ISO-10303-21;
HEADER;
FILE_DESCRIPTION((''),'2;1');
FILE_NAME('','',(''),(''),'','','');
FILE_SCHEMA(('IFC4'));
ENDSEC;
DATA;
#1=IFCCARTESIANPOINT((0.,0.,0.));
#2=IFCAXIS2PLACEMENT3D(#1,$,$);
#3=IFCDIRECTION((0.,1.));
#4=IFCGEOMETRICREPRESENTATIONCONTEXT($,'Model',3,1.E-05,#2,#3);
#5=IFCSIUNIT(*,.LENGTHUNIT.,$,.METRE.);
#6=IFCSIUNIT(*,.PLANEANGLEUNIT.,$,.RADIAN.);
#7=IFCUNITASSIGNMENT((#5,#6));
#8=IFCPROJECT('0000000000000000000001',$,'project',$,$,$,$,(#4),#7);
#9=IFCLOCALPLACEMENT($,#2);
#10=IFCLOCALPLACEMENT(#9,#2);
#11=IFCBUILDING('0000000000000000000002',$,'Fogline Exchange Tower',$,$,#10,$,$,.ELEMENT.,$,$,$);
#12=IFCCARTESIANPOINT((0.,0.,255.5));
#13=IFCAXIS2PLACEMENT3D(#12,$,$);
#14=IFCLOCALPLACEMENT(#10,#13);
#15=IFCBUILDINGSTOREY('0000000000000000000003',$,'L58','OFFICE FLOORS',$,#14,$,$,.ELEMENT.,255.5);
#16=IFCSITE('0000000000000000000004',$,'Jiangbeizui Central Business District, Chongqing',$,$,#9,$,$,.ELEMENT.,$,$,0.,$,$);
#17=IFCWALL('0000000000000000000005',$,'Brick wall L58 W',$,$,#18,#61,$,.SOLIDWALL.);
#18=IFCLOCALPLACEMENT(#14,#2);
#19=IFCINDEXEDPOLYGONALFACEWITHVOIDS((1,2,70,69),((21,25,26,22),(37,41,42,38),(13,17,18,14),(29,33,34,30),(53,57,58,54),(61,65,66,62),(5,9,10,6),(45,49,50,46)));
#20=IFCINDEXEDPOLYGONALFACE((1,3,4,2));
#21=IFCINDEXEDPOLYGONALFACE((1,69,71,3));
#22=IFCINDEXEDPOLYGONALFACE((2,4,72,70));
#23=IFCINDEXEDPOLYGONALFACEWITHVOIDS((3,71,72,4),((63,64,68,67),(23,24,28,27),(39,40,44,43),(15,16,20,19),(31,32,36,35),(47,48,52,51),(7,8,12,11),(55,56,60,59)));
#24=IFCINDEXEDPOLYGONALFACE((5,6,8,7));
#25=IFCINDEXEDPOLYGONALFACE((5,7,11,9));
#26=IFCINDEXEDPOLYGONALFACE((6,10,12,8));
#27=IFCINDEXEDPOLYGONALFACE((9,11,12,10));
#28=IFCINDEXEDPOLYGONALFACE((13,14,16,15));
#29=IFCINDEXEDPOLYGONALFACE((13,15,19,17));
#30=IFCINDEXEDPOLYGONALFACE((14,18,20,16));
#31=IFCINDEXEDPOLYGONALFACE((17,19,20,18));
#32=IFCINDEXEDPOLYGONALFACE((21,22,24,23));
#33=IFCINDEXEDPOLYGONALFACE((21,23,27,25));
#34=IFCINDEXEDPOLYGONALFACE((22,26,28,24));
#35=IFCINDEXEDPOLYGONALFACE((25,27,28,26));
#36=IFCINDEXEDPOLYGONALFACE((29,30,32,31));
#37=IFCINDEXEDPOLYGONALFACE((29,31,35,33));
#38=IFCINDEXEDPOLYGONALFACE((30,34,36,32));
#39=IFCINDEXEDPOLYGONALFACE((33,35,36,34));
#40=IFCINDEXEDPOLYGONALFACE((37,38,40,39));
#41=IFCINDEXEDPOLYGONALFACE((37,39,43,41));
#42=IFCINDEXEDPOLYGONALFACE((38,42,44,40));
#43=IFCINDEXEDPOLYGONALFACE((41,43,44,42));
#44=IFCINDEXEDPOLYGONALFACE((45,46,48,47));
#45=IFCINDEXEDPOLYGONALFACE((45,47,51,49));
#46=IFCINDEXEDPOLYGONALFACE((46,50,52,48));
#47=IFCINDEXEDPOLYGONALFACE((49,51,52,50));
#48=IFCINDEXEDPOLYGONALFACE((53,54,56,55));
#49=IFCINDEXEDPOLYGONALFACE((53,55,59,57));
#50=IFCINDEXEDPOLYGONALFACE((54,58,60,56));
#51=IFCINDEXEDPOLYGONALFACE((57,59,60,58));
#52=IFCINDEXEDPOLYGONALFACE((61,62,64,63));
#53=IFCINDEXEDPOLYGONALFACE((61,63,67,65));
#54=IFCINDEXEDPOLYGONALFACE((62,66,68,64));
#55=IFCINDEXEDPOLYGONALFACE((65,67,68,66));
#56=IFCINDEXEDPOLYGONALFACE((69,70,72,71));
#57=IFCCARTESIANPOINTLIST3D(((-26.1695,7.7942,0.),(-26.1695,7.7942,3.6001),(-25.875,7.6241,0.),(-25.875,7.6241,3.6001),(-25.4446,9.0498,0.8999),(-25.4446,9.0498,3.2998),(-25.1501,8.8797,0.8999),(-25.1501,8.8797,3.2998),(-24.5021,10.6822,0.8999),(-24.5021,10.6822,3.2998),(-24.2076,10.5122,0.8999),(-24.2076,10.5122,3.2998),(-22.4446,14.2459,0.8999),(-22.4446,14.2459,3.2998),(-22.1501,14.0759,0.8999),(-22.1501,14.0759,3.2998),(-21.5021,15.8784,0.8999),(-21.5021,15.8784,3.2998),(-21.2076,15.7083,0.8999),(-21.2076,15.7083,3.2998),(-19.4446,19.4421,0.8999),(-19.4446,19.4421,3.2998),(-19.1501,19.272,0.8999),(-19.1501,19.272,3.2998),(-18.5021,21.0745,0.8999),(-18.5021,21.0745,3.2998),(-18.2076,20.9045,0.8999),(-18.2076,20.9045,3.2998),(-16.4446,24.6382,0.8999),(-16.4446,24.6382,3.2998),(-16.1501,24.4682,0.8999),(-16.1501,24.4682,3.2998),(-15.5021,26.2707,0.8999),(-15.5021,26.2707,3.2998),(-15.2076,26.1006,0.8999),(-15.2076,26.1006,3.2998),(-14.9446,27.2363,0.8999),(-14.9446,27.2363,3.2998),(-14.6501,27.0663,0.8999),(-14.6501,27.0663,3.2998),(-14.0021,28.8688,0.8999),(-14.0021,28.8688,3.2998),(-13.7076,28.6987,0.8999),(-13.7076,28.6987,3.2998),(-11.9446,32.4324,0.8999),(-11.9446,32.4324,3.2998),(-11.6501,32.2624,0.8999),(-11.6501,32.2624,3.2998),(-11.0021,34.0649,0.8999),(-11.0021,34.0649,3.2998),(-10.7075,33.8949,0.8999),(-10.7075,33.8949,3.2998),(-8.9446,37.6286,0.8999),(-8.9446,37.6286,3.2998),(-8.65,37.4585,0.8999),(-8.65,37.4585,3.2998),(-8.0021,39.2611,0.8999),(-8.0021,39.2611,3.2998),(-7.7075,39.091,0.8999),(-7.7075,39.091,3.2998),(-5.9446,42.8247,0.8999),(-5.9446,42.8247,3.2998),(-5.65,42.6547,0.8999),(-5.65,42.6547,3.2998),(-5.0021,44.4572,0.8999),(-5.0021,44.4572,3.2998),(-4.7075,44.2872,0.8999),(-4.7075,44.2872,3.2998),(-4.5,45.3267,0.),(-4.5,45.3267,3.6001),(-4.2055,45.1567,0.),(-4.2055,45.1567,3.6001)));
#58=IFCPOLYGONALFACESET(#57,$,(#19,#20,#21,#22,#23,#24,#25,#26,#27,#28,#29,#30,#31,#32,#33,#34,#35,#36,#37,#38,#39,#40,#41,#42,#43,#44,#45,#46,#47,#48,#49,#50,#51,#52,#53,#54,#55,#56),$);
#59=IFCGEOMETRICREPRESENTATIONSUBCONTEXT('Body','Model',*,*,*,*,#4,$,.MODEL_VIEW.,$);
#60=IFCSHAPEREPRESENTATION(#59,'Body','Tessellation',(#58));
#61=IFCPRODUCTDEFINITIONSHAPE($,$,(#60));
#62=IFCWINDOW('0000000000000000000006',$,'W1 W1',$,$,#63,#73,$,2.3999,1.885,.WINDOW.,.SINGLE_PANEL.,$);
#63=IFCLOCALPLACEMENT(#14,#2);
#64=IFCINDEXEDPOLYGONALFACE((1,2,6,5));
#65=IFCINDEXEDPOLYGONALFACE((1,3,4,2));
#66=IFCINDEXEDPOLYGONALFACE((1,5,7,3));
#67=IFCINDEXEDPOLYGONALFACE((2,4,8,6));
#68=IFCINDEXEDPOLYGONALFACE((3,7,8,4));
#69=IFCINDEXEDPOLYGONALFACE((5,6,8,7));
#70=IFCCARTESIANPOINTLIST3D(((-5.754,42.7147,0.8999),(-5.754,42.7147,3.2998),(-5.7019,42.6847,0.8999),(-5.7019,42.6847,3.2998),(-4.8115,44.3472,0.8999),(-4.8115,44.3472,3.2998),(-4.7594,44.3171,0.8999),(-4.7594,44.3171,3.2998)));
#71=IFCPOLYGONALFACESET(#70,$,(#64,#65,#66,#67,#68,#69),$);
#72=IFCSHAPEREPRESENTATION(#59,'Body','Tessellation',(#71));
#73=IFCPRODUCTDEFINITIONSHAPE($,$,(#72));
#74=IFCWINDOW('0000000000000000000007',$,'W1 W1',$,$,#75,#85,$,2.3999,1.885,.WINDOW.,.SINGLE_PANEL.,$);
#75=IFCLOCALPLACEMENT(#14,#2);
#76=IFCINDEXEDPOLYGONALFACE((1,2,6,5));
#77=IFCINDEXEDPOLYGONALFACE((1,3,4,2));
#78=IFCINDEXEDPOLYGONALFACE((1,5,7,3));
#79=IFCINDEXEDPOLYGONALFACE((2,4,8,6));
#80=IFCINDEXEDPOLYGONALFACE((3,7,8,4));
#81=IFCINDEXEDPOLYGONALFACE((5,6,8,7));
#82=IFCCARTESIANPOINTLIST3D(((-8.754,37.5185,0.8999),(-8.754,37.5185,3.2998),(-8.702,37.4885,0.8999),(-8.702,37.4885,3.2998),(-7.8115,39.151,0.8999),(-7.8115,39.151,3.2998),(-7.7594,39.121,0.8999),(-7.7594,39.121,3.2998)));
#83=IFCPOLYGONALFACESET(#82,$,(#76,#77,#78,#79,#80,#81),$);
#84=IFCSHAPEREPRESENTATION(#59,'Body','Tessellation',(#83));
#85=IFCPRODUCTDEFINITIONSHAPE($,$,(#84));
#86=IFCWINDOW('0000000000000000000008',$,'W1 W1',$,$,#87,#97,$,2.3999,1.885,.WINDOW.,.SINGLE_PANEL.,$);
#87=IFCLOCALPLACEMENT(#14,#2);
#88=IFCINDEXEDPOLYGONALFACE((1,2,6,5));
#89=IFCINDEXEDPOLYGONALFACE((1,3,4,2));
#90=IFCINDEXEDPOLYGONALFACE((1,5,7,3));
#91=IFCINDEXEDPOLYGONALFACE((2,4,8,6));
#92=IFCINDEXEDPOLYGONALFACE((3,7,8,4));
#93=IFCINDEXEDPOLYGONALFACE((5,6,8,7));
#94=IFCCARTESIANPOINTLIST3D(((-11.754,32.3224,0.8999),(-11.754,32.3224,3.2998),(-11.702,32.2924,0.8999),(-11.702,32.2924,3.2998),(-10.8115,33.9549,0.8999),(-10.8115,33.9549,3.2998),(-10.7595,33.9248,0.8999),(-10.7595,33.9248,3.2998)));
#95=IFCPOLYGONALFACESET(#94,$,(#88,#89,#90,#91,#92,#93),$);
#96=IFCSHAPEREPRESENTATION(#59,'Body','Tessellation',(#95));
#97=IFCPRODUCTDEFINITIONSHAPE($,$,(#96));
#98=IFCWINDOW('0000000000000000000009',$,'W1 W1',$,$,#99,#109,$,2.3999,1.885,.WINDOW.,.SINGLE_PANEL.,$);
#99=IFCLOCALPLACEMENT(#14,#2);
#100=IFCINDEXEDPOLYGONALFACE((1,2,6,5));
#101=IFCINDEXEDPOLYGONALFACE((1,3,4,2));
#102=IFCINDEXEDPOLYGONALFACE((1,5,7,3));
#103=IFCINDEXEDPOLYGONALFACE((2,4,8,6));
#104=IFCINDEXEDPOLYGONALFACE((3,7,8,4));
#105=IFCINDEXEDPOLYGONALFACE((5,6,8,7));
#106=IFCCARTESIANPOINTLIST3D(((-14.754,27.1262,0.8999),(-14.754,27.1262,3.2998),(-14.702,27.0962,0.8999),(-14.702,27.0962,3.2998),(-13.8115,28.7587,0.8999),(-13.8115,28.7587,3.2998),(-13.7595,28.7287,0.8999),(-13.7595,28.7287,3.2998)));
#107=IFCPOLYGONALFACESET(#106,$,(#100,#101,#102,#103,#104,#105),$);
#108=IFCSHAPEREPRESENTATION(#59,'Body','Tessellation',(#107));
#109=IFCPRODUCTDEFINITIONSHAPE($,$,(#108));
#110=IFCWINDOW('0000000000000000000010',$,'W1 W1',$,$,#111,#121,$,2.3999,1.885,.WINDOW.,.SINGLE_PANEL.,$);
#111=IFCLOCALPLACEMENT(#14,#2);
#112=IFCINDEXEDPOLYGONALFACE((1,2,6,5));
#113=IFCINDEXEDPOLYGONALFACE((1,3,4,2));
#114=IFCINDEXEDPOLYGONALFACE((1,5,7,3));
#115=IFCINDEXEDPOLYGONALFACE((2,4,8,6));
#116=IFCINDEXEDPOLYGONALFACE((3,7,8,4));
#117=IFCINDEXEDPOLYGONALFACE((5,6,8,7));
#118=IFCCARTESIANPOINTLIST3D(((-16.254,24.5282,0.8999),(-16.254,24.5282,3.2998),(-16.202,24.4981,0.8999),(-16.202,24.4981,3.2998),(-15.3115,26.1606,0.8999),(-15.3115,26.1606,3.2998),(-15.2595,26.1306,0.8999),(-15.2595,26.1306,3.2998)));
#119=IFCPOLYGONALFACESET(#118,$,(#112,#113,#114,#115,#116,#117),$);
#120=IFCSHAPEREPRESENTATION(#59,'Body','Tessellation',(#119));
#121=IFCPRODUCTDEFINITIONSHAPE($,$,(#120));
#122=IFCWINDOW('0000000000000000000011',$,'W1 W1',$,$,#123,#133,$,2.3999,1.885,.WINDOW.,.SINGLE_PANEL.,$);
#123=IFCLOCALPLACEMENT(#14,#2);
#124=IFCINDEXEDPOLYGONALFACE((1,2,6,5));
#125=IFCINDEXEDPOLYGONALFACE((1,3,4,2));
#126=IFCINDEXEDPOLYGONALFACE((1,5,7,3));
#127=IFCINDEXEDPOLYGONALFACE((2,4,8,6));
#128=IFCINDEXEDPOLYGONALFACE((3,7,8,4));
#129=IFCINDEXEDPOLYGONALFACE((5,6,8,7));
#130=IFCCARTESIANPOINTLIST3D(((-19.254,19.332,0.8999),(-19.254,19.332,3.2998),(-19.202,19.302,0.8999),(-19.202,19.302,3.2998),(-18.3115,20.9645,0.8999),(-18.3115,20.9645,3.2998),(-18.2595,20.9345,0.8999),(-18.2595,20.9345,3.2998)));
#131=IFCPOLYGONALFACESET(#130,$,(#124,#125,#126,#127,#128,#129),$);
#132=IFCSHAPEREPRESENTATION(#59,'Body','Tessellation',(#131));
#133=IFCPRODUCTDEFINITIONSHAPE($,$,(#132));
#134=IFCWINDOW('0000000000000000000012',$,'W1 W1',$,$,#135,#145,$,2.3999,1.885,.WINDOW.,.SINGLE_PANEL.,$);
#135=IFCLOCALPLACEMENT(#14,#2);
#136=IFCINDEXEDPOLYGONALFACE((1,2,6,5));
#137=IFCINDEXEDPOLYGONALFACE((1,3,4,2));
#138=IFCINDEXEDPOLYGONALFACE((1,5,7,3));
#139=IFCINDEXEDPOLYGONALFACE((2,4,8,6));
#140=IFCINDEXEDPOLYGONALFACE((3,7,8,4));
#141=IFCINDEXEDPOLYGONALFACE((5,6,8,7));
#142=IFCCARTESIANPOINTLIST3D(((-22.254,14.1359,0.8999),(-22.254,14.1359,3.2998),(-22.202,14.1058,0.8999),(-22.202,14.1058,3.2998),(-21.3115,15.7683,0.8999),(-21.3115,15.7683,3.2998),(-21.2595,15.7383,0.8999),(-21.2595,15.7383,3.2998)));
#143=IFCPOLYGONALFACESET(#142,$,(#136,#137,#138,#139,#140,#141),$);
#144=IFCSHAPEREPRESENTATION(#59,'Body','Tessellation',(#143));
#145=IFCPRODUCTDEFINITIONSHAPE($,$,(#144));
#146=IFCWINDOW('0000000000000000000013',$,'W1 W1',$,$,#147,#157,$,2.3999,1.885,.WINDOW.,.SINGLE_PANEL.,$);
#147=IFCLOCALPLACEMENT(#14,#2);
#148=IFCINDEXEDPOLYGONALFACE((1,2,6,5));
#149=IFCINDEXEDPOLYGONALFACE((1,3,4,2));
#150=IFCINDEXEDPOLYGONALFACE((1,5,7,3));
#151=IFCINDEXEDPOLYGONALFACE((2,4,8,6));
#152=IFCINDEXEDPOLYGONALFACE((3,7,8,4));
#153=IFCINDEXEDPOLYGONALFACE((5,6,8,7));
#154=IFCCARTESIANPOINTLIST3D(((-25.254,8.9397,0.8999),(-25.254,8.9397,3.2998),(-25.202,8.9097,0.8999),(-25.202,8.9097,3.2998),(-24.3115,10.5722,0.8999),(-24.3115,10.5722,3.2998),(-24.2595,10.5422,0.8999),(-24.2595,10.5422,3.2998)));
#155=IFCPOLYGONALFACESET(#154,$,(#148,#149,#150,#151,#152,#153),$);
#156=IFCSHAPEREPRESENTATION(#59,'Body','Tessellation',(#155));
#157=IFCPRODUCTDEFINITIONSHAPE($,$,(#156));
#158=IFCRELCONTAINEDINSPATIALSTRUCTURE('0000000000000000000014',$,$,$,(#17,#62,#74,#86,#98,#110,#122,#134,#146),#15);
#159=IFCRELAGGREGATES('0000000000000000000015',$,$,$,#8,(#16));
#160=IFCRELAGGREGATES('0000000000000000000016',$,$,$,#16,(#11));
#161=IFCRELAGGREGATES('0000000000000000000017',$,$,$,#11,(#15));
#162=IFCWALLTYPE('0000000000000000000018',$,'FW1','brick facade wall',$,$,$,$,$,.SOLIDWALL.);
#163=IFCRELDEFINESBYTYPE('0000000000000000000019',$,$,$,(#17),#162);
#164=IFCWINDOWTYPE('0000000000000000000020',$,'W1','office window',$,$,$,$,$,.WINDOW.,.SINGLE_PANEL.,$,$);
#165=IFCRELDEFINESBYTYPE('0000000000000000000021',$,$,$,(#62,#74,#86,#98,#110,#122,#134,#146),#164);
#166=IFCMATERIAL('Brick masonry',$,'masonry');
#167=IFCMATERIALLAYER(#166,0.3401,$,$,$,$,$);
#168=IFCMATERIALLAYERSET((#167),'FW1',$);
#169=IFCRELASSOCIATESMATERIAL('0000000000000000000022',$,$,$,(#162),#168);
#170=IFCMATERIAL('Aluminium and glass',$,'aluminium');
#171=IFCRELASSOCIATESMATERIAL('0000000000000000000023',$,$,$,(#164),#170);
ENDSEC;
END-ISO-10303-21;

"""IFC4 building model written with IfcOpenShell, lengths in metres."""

from ifc_helpers import new_model, si_unit, direction, frame, frame_2d, origin, place, context, subcontext, project, spatial, rectangle, extrude, material, layer, layer_set, type_object, element, fill, save


model = new_model("IFC4")

# Units and contexts
model_context = context("Model", 3, precision=1e-05, world=origin(), true_north=direction((0.0, 1.0)))
body_context = subcontext(model_context, "Body", "Model", "MODEL_VIEW")
ifc_project = project(units=[si_unit("LENGTHUNIT", "METRE"), si_unit("PLANEANGLEUNIT", "RADIAN")], contexts=[model_context])

# Site, building, storey
site_placement = place(None, origin())
site = spatial("IfcSite", under=ifc_project, at=site_placement, Name="Jiangbeizui Central Business District, Chongqing", CompositionType="ELEMENT", RefElevation=0.0)
building_placement = place(site_placement, origin())
building = spatial("IfcBuilding", under=site, at=building_placement, Name="Fogline Exchange Tower", CompositionType="ELEMENT")
storey_placement = place(building_placement, frame((0.0, 0.0, 255.5)))
storey = spatial("IfcBuildingStorey", under=building, at=storey_placement, Name="L58", Description="OFFICE FLOORS", CompositionType="ELEMENT", Elevation=255.5)

# Wall, openings, windows
ifc_material_1 = material(Name="Brick masonry", Category="masonry")
ifc_layer_1 = layer(ifc_material_1, 0.3401)
ifc_layer_set_1 = layer_set([ifc_layer_1], Name="FW1")
wall_type_1 = type_object("IfcWallType", Name="FW1", Description="brick facade wall", PredefinedType="SOLIDWALL", material=ifc_layer_set_1)
wall_1_placement = place(storey_placement, frame((-4.3528, 45.2417, 0.0), z_axis=(0.0, 0.0, 1.0), x_axis=(-0.500001, -0.866025, 0.0)))
wall_1 = element("IfcWall", 1, at=wall_1_placement, inside=storey, type_object=wall_type_1, Name="Brick wall L58 W", PredefinedType="SOLIDWALL", context=body_context, shape_type="SweptSolid", body=[
    extrude(rectangle(XDim=43.3389, YDim=0.3401, at=frame_2d((21.6694, 0.0))), origin(), (0.0, 0.0, 1.0), 3.6001),
])
opening_1_placement = place(wall_1_placement, frame((1.0042, 0.0, 0.8999)))
opening_1 = element("IfcOpeningElement", 2, at=opening_1_placement, cuts=wall_1, PredefinedType="OPENING", context=body_context, shape_type="SweptSolid", body=[
    extrude(rectangle(XDim=1.885, YDim=2.3999, at=frame_2d((0.9424, 1.2))), frame((0.0, 0.1802, 0.0), z_axis=(0.0, -1.0, 0.0), x_axis=(1.0, 0.0, 0.0)), (0.0, 0.0, 1.0), 0.3601),
])
opening_2_placement = place(wall_1_placement, frame((7.0042, 0.0, 0.8999)))
opening_2 = element("IfcOpeningElement", 3, at=opening_2_placement, cuts=wall_1, PredefinedType="OPENING", context=body_context, shape_type="SweptSolid", body=[
    extrude(rectangle(XDim=1.885, YDim=2.3999, at=frame_2d((0.9424, 1.2))), frame((0.0, 0.1802, 0.0), z_axis=(0.0, -1.0, 0.0), x_axis=(1.0, 0.0, 0.0)), (0.0, 0.0, 1.0), 0.3601),
])
opening_3_placement = place(wall_1_placement, frame((13.0042, 0.0, 0.8999)))
opening_3 = element("IfcOpeningElement", 4, at=opening_3_placement, cuts=wall_1, PredefinedType="OPENING", context=body_context, shape_type="SweptSolid", body=[
    extrude(rectangle(XDim=1.885, YDim=2.3999, at=frame_2d((0.9424, 1.2))), frame((0.0, 0.1802, 0.0), z_axis=(0.0, -1.0, 0.0), x_axis=(1.0, 0.0, 0.0)), (0.0, 0.0, 1.0), 0.3601),
])
opening_4_placement = place(wall_1_placement, frame((19.0042, 0.0, 0.8999)))
opening_4 = element("IfcOpeningElement", 5, at=opening_4_placement, cuts=wall_1, PredefinedType="OPENING", context=body_context, shape_type="SweptSolid", body=[
    extrude(rectangle(XDim=1.885, YDim=2.3999, at=frame_2d((0.9424, 1.2))), frame((0.0, 0.1802, 0.0), z_axis=(0.0, -1.0, 0.0), x_axis=(1.0, 0.0, 0.0)), (0.0, 0.0, 1.0), 0.3601),
])
opening_5_placement = place(wall_1_placement, frame((22.0042, 0.0, 0.8999)))
opening_5 = element("IfcOpeningElement", 6, at=opening_5_placement, cuts=wall_1, PredefinedType="OPENING", context=body_context, shape_type="SweptSolid", body=[
    extrude(rectangle(XDim=1.885, YDim=2.3999, at=frame_2d((0.9424, 1.2))), frame((0.0, 0.1802, 0.0), z_axis=(0.0, -1.0, 0.0), x_axis=(1.0, 0.0, 0.0)), (0.0, 0.0, 1.0), 0.3601),
])
opening_6_placement = place(wall_1_placement, frame((28.0042, 0.0, 0.8999)))
opening_6 = element("IfcOpeningElement", 7, at=opening_6_placement, cuts=wall_1, PredefinedType="OPENING", context=body_context, shape_type="SweptSolid", body=[
    extrude(rectangle(XDim=1.885, YDim=2.3999, at=frame_2d((0.9424, 1.2))), frame((0.0, 0.1802, 0.0), z_axis=(0.0, -1.0, 0.0), x_axis=(1.0, 0.0, 0.0)), (0.0, 0.0, 1.0), 0.3601),
])
opening_7_placement = place(wall_1_placement, frame((34.0042, 0.0, 0.8999)))
opening_7 = element("IfcOpeningElement", 8, at=opening_7_placement, cuts=wall_1, PredefinedType="OPENING", context=body_context, shape_type="SweptSolid", body=[
    extrude(rectangle(XDim=1.885, YDim=2.3999, at=frame_2d((0.9424, 1.2))), frame((0.0, 0.1802, 0.0), z_axis=(0.0, -1.0, 0.0), x_axis=(1.0, 0.0, 0.0)), (0.0, 0.0, 1.0), 0.3601),
])
opening_8_placement = place(wall_1_placement, frame((40.0042, 0.0, 0.8999)))
opening_8 = element("IfcOpeningElement", 9, at=opening_8_placement, cuts=wall_1, PredefinedType="OPENING", context=body_context, shape_type="SweptSolid", body=[
    extrude(rectangle(XDim=1.885, YDim=2.3999, at=frame_2d((0.9424, 1.2))), frame((0.0, 0.1802, 0.0), z_axis=(0.0, -1.0, 0.0), x_axis=(1.0, 0.0, 0.0)), (0.0, 0.0, 1.0), 0.3601),
])
ifc_material_2 = material(Name="Aluminium and glass", Category="aluminium")
window_type = type_object("IfcWindowType", Name="W1", Description="office window", PartitioningType="SINGLE_PANEL", PredefinedType="WINDOW", material=ifc_material_2)
window_1_placement = place(opening_1_placement, origin())
window_1 = element("IfcWindow", 10, at=window_1_placement, inside=storey, type_object=window_type, Name="W1 W1", OverallHeight=2.3999, OverallWidth=1.885, PartitioningType="SINGLE_PANEL", PredefinedType="WINDOW", context=body_context, shape_type="SweptSolid", body=[
    extrude(rectangle(XDim=1.885, YDim=2.3999, at=frame_2d((0.9424, 1.2))), frame((0.0, 0.1101, 0.0), z_axis=(0.0, -1.0, 0.0), x_axis=(1.0, 0.0, 0.0)), (0.0, 0.0, 1.0), 0.0601),
])
fill(opening_1, window_1)
window_2_placement = place(opening_2_placement, origin())
window_2 = element("IfcWindow", 11, at=window_2_placement, inside=storey, type_object=window_type, Name="W1 W1", OverallHeight=2.3999, OverallWidth=1.885, PartitioningType="SINGLE_PANEL", PredefinedType="WINDOW", context=body_context, shape_type="SweptSolid", body=[
    extrude(rectangle(XDim=1.885, YDim=2.3999, at=frame_2d((0.9424, 1.2))), frame((0.0, 0.1101, 0.0), z_axis=(0.0, -1.0, 0.0), x_axis=(1.0, 0.0, 0.0)), (0.0, 0.0, 1.0), 0.0601),
])
fill(opening_2, window_2)
window_3_placement = place(opening_3_placement, origin())
window_3 = element("IfcWindow", 12, at=window_3_placement, inside=storey, type_object=window_type, Name="W1 W1", OverallHeight=2.3999, OverallWidth=1.885, PartitioningType="SINGLE_PANEL", PredefinedType="WINDOW", context=body_context, shape_type="SweptSolid", body=[
    extrude(rectangle(XDim=1.885, YDim=2.3999, at=frame_2d((0.9424, 1.2))), frame((0.0, 0.1101, 0.0), z_axis=(0.0, -1.0, 0.0), x_axis=(1.0, 0.0, 0.0)), (0.0, 0.0, 1.0), 0.0601),
])
fill(opening_3, window_3)
window_4_placement = place(opening_4_placement, origin())
window_4 = element("IfcWindow", 13, at=window_4_placement, inside=storey, type_object=window_type, Name="W1 W1", OverallHeight=2.3999, OverallWidth=1.885, PartitioningType="SINGLE_PANEL", PredefinedType="WINDOW", context=body_context, shape_type="SweptSolid", body=[
    extrude(rectangle(XDim=1.885, YDim=2.3999, at=frame_2d((0.9424, 1.2))), frame((0.0, 0.1101, 0.0), z_axis=(0.0, -1.0, 0.0), x_axis=(1.0, 0.0, 0.0)), (0.0, 0.0, 1.0), 0.0601),
])
fill(opening_4, window_4)
window_5_placement = place(opening_5_placement, origin())
window_5 = element("IfcWindow", 14, at=window_5_placement, inside=storey, type_object=window_type, Name="W1 W1", OverallHeight=2.3999, OverallWidth=1.885, PartitioningType="SINGLE_PANEL", PredefinedType="WINDOW", context=body_context, shape_type="SweptSolid", body=[
    extrude(rectangle(XDim=1.885, YDim=2.3999, at=frame_2d((0.9424, 1.2))), frame((0.0, 0.1101, 0.0), z_axis=(0.0, -1.0, 0.0), x_axis=(1.0, 0.0, 0.0)), (0.0, 0.0, 1.0), 0.0601),
])
fill(opening_5, window_5)
window_6_placement = place(opening_6_placement, origin())
window_6 = element("IfcWindow", 15, at=window_6_placement, inside=storey, type_object=window_type, Name="W1 W1", OverallHeight=2.3999, OverallWidth=1.885, PartitioningType="SINGLE_PANEL", PredefinedType="WINDOW", context=body_context, shape_type="SweptSolid", body=[
    extrude(rectangle(XDim=1.885, YDim=2.3999, at=frame_2d((0.9424, 1.2))), frame((0.0, 0.1101, 0.0), z_axis=(0.0, -1.0, 0.0), x_axis=(1.0, 0.0, 0.0)), (0.0, 0.0, 1.0), 0.0601),
])
fill(opening_6, window_6)
window_7_placement = place(opening_7_placement, origin())
window_7 = element("IfcWindow", 16, at=window_7_placement, inside=storey, type_object=window_type, Name="W1 W1", OverallHeight=2.3999, OverallWidth=1.885, PartitioningType="SINGLE_PANEL", PredefinedType="WINDOW", context=body_context, shape_type="SweptSolid", body=[
    extrude(rectangle(XDim=1.885, YDim=2.3999, at=frame_2d((0.9424, 1.2))), frame((0.0, 0.1101, 0.0), z_axis=(0.0, -1.0, 0.0), x_axis=(1.0, 0.0, 0.0)), (0.0, 0.0, 1.0), 0.0601),
])
fill(opening_7, window_7)
window_8_placement = place(opening_8_placement, origin())
window_8 = element("IfcWindow", 17, at=window_8_placement, inside=storey, type_object=window_type, Name="W1 W1", OverallHeight=2.3999, OverallWidth=1.885, PartitioningType="SINGLE_PANEL", PredefinedType="WINDOW", context=body_context, shape_type="SweptSolid", body=[
    extrude(rectangle(XDim=1.885, YDim=2.3999, at=frame_2d((0.9424, 1.2))), frame((0.0, 0.1101, 0.0), z_axis=(0.0, -1.0, 0.0), x_axis=(1.0, 0.0, 0.0)), (0.0, 0.0, 1.0), 0.0601),
])
fill(opening_8, window_8)

save(model, "model.ifc")
